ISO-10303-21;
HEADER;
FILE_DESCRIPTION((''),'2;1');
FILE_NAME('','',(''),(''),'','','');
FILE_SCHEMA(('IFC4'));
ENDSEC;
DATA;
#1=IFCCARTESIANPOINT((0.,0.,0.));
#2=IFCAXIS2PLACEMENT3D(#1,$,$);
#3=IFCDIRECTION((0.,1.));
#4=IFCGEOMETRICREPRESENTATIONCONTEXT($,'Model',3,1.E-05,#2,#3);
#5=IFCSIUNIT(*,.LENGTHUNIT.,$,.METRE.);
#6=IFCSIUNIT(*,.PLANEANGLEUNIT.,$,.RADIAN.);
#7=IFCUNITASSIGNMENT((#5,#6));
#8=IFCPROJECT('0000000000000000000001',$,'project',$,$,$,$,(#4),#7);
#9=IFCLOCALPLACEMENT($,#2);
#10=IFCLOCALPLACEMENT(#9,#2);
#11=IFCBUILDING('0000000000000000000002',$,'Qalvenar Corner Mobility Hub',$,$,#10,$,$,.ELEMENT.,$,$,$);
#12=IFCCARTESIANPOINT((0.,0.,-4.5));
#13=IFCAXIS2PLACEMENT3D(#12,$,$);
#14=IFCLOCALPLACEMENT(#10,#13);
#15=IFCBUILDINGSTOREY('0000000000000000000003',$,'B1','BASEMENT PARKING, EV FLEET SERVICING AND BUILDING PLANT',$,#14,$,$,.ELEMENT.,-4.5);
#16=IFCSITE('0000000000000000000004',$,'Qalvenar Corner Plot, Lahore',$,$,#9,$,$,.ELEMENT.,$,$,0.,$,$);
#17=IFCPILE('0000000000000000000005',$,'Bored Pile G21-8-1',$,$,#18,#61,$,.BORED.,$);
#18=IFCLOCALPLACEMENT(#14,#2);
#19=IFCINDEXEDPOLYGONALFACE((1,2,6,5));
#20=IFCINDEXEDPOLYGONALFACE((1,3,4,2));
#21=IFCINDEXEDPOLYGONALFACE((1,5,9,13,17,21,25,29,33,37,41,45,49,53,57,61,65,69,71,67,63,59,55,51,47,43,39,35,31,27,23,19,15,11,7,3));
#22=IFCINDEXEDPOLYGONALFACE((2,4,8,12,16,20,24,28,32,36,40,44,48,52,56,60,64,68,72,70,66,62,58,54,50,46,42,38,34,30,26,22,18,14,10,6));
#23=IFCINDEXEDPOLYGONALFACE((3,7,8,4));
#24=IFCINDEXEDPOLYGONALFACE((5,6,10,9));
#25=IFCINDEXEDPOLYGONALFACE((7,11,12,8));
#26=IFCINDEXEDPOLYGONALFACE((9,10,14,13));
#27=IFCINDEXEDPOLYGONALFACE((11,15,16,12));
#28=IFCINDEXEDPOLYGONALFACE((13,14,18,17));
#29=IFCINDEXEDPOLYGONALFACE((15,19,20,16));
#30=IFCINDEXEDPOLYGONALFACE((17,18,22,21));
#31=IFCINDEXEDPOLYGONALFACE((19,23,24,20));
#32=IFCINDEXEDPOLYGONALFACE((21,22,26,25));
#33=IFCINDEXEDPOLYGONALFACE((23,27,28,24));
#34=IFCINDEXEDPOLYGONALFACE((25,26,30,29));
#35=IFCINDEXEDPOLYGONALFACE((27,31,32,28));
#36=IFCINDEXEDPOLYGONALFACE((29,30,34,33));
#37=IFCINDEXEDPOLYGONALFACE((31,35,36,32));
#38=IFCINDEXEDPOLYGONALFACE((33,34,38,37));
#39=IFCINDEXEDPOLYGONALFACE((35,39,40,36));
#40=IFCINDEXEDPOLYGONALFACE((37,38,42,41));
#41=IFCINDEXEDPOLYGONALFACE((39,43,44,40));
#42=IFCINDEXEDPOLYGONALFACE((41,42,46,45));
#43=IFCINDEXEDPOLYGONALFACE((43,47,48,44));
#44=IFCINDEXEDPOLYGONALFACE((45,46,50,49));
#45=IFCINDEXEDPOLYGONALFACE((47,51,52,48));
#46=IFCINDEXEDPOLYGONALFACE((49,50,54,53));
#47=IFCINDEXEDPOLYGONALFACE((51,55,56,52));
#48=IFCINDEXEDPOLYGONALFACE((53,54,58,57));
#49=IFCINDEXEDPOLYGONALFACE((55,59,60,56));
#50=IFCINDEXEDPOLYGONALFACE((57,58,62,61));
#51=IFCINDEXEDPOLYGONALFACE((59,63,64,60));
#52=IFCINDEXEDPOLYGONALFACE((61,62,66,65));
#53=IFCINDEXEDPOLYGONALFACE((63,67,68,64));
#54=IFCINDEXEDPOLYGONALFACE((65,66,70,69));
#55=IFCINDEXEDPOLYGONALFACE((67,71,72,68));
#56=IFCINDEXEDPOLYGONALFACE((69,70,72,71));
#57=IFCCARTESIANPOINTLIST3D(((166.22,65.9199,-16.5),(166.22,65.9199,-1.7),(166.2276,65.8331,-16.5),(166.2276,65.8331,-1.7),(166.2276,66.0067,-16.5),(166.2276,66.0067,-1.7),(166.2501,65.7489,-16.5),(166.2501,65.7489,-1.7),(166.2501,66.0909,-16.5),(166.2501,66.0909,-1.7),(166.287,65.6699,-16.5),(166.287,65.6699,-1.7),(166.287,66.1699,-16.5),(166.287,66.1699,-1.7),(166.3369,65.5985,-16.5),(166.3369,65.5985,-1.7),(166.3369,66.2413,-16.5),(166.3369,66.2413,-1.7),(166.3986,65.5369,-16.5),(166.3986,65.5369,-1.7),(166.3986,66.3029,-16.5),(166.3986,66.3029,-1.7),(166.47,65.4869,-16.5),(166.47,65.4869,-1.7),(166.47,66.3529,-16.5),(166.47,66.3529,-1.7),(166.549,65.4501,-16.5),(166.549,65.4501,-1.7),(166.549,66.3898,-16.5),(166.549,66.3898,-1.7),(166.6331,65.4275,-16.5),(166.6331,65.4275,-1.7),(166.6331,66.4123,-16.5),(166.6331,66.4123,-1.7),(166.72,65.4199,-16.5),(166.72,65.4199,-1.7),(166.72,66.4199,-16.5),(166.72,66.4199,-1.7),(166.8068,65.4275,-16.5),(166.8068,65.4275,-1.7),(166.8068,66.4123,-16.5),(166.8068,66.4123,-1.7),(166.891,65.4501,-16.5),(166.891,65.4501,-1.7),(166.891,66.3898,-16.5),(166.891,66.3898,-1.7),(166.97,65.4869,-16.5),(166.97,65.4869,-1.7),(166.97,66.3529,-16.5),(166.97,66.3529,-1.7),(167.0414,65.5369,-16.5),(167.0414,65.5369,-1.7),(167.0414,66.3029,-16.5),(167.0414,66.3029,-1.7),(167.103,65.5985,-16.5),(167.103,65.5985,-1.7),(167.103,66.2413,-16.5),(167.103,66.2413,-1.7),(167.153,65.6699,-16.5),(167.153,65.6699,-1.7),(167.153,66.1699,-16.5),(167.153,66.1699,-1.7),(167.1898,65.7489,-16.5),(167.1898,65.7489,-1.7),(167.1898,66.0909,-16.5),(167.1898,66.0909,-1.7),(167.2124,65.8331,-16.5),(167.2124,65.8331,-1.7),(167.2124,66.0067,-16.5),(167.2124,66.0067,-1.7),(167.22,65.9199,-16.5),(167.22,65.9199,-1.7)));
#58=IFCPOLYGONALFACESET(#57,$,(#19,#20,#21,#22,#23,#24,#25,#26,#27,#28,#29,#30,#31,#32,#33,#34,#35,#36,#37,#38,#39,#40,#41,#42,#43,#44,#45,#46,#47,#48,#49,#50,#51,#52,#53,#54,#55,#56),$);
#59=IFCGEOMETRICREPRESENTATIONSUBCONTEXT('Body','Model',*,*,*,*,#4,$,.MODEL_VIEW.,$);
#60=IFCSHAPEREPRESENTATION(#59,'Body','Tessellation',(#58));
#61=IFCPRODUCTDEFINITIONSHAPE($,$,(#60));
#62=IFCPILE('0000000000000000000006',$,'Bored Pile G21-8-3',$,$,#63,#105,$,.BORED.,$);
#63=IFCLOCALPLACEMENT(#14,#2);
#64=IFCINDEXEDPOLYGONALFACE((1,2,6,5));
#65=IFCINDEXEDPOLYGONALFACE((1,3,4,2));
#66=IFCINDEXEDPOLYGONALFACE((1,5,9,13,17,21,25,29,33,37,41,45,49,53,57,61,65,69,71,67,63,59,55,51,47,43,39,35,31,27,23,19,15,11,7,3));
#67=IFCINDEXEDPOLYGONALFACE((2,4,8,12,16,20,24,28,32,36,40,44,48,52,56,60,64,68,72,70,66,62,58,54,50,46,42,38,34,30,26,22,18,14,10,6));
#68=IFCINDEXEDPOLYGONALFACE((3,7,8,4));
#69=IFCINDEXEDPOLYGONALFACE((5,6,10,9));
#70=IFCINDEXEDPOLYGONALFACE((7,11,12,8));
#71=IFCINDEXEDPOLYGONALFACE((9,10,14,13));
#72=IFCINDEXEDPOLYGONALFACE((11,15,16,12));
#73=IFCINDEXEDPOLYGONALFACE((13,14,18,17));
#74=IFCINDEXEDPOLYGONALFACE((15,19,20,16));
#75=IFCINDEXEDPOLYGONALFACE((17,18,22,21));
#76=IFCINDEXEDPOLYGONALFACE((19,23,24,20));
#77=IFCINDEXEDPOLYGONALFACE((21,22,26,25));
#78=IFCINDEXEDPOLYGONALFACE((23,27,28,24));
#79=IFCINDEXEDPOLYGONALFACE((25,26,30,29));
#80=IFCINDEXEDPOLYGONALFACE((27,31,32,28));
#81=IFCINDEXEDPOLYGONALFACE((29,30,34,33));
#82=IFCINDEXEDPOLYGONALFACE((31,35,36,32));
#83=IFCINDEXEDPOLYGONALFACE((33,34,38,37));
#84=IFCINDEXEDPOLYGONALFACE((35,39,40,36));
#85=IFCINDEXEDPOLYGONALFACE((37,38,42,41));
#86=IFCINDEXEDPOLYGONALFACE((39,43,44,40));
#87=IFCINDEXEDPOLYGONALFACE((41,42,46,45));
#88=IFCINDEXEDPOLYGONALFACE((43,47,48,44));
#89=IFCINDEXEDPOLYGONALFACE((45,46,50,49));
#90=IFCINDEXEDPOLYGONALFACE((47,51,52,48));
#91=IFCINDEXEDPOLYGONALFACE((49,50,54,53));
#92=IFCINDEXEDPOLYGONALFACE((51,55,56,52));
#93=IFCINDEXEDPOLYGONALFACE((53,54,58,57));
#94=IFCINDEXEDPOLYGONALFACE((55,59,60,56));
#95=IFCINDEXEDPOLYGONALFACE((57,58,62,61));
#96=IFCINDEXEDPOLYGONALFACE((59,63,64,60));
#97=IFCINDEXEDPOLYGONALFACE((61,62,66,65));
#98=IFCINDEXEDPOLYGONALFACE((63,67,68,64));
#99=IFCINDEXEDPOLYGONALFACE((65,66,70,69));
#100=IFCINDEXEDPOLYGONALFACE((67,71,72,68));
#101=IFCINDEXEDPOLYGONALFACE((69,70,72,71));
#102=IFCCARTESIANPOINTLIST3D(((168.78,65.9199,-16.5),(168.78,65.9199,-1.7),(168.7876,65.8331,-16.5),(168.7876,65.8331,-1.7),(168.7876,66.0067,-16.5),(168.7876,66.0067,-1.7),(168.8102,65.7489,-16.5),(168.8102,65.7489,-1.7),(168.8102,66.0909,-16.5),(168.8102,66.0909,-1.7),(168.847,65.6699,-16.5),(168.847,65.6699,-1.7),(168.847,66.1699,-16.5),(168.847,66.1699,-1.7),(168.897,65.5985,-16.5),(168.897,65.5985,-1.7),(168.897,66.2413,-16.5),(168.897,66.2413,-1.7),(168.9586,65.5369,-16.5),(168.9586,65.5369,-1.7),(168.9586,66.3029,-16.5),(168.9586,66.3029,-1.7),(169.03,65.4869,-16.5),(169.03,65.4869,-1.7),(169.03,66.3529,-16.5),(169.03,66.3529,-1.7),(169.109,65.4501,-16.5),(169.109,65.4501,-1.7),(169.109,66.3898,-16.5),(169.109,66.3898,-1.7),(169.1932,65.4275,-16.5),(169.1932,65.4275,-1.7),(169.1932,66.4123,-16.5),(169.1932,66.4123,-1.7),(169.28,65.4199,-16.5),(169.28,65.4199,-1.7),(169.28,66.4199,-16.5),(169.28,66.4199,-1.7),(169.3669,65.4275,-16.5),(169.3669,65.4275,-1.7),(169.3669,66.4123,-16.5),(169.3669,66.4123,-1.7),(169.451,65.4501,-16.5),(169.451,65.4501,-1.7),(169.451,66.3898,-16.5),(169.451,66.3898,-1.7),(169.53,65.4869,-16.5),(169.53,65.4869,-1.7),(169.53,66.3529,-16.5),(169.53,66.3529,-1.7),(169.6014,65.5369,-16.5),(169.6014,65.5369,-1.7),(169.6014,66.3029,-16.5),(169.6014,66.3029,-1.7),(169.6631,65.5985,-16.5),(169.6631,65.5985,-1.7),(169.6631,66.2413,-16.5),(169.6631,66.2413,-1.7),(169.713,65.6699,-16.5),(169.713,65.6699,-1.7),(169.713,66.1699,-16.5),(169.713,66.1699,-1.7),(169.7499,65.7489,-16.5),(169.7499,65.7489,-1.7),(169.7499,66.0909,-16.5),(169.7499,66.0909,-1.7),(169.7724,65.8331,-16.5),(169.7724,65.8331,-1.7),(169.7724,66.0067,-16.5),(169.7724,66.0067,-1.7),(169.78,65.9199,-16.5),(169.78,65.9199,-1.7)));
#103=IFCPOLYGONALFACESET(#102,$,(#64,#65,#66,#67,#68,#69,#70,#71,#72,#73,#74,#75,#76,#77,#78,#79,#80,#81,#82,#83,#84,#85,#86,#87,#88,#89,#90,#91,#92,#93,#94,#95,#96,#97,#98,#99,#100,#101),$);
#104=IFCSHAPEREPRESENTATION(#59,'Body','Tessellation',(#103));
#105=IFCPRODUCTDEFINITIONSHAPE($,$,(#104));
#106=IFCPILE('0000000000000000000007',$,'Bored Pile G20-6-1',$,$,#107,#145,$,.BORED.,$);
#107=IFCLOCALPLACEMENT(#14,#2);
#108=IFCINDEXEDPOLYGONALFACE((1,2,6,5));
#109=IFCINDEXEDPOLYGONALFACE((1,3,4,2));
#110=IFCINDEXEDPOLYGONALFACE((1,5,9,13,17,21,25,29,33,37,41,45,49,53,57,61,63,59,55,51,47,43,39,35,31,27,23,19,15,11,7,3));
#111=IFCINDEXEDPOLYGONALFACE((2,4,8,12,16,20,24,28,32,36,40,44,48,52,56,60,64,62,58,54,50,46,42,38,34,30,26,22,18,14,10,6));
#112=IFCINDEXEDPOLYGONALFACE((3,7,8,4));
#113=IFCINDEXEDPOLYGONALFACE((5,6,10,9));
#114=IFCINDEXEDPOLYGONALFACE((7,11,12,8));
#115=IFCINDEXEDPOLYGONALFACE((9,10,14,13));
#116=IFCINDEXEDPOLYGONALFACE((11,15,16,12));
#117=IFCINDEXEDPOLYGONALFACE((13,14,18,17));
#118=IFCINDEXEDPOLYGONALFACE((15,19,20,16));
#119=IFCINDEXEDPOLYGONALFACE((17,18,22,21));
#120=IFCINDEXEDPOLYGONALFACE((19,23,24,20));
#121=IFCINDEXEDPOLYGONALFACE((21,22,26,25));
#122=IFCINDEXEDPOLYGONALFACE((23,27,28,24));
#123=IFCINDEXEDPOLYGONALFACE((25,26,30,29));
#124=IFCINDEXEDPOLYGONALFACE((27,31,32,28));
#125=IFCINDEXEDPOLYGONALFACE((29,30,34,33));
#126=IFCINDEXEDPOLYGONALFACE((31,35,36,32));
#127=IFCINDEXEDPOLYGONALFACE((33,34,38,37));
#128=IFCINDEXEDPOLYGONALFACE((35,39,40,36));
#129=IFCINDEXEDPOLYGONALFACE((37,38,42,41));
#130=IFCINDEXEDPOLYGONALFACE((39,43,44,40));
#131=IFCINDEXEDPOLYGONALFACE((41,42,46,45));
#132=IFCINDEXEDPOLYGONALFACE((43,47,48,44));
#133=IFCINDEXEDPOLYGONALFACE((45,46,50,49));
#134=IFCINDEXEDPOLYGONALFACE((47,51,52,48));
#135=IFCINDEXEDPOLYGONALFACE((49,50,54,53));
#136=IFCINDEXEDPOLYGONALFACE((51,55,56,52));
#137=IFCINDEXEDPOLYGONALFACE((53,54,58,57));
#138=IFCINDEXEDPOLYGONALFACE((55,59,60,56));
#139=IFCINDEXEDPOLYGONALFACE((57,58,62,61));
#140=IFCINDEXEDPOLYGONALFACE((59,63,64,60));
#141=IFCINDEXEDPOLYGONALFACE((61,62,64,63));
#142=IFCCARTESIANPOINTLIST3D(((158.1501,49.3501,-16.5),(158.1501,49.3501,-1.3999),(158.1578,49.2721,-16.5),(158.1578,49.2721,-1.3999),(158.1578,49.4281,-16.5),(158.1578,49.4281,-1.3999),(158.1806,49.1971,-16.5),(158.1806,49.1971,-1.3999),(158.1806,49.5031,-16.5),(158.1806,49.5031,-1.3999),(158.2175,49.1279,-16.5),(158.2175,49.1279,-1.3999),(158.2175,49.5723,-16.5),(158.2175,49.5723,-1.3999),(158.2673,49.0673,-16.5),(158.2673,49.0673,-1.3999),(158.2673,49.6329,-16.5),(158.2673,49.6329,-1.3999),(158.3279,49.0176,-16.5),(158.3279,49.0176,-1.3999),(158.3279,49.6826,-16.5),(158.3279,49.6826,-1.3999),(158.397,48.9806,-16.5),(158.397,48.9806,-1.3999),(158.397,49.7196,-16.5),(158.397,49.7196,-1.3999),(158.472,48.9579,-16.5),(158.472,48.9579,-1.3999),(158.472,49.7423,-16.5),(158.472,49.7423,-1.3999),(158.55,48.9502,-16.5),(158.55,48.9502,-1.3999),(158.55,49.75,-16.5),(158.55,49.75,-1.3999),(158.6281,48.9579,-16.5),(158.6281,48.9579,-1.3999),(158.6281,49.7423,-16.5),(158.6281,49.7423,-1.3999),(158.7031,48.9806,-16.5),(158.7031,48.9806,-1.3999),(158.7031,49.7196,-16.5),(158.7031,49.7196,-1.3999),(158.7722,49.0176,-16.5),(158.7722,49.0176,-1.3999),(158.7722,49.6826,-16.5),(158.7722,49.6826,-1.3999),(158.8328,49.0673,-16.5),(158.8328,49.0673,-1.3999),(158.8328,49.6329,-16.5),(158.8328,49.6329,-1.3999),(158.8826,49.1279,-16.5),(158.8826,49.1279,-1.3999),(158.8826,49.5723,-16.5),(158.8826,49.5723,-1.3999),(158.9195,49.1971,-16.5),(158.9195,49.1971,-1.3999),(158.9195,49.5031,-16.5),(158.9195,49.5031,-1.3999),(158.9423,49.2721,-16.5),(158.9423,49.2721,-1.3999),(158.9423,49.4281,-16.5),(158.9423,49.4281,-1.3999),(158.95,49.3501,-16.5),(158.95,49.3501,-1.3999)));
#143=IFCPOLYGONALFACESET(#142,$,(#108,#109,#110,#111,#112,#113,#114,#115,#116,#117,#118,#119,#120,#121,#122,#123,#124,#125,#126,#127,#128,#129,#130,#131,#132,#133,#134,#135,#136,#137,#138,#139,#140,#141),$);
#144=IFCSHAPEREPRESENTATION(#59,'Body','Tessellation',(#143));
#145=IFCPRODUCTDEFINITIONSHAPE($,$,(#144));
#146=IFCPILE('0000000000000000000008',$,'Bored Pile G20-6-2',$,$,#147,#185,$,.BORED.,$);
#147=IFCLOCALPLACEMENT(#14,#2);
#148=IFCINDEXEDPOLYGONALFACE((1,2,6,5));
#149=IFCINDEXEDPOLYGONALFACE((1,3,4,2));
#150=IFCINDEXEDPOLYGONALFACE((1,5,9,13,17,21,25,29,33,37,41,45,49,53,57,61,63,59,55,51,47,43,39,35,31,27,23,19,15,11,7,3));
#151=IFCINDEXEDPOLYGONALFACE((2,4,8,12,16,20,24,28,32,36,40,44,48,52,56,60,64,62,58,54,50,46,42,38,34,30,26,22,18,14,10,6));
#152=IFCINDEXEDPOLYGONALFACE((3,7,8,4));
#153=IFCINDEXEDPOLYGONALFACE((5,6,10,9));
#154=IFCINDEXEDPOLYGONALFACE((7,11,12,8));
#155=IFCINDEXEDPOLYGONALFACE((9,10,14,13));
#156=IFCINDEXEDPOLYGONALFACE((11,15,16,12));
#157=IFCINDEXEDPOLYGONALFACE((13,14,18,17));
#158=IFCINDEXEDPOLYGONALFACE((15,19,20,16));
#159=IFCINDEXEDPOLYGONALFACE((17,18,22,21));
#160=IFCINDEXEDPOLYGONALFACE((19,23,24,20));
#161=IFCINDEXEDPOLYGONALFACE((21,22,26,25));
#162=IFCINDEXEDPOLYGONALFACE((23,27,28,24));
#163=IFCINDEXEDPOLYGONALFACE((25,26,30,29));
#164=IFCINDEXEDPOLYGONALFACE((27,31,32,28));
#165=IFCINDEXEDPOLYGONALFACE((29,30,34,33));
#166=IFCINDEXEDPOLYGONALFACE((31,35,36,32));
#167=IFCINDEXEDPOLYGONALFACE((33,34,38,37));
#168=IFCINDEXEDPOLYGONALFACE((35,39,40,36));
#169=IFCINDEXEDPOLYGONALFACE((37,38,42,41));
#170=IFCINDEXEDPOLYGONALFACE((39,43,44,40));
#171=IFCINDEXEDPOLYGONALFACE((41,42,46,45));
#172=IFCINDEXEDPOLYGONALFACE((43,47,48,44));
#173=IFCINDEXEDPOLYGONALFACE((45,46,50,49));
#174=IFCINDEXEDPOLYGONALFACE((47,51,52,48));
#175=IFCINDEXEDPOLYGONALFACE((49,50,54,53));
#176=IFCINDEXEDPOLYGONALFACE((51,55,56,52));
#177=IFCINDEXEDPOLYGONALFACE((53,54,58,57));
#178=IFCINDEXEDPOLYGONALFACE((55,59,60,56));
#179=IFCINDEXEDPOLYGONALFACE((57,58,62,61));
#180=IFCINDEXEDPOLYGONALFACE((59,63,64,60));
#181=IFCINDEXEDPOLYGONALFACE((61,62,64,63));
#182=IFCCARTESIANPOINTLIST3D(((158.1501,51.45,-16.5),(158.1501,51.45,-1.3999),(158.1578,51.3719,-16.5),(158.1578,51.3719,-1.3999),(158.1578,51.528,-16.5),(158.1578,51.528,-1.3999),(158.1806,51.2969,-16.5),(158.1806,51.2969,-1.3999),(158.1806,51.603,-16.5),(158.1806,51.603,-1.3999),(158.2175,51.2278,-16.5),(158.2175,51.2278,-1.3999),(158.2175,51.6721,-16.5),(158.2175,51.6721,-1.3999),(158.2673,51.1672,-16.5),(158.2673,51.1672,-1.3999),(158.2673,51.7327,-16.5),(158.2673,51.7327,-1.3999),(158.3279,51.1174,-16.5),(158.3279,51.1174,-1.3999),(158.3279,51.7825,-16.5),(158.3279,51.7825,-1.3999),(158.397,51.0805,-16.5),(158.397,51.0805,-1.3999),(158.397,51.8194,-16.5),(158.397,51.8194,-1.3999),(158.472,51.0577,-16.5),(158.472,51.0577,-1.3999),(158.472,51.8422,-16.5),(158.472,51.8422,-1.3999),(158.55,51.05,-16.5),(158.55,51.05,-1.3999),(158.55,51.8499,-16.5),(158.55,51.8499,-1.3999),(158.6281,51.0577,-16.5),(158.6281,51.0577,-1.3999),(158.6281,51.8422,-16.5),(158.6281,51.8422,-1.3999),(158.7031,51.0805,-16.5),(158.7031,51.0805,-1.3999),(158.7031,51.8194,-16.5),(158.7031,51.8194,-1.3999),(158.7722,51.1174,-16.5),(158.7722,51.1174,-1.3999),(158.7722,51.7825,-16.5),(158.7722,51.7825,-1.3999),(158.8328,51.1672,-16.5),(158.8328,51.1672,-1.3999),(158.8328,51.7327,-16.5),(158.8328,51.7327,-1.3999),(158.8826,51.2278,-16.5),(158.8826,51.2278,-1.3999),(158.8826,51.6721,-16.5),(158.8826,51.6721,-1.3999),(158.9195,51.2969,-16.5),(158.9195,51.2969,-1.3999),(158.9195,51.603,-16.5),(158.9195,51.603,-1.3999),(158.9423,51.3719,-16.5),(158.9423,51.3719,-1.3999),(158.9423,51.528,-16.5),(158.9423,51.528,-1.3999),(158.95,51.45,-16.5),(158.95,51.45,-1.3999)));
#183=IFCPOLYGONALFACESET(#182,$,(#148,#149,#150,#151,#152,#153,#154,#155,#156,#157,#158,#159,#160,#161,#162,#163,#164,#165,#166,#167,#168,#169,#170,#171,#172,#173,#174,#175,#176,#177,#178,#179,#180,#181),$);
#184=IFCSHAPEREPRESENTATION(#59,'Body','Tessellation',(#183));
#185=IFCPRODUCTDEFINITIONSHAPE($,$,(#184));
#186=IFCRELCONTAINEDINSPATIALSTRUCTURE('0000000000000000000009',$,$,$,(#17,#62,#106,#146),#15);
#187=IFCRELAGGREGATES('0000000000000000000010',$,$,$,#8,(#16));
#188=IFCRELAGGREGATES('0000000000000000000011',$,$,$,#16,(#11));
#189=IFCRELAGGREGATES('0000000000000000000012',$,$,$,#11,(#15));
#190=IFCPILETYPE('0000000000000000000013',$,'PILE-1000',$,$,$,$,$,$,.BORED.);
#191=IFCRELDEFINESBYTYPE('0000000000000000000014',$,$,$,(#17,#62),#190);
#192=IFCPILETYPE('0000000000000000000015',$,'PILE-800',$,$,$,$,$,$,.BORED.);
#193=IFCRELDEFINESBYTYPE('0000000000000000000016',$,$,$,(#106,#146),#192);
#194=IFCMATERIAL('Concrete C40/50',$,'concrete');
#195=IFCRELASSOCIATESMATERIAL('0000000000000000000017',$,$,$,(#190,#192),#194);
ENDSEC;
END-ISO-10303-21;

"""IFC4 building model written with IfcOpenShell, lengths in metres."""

from ifc_helpers import new_model, si_unit, direction, frame, origin, origin_2d, place, context, subcontext, project, spatial, circle, extrude, material, material_profile, profile_set, type_object, element, save


model = new_model("IFC4")

# Units and contexts
model_context = context("Model", 3, precision=1e-05, world=origin(), true_north=direction((0.0, 1.0)))
body_context = subcontext(model_context, "Body", "Model", "MODEL_VIEW")
ifc_project = project(units=[si_unit("LENGTHUNIT", "METRE"), si_unit("PLANEANGLEUNIT", "RADIAN")], contexts=[model_context])

# Site, building, storey
site_placement = place(None, origin())
site = spatial("IfcSite", under=ifc_project, at=site_placement, Name="Qalvenar Corner Plot, Lahore", CompositionType="ELEMENT", RefElevation=0.0)
building_placement = place(site_placement, origin())
building = spatial("IfcBuilding", under=site, at=building_placement, Name="Qalvenar Corner Mobility Hub", CompositionType="ELEMENT")
storey_placement = place(building_placement, frame((0.0, 0.0, -4.5)))
storey = spatial("IfcBuildingStorey", under=building, at=storey_placement, Name="B1", Description="BASEMENT PARKING, EV FLEET SERVICING AND BUILDING PLANT", CompositionType="ELEMENT", Elevation=-4.5)

# Shared definitions
ifc_material_1 = material(Name="Concrete C40/50", Category="concrete")

# Piles
ifc_material_profile_1 = material_profile(ifc_material_1, circle(Radius=0.5, at=origin_2d()), Name="DIA1000")
ifc_profile_set_1 = profile_set([ifc_material_profile_1], Name="Concrete C40/50")
pile_type_1 = type_object("IfcPileType", Name="PILE-1000", PredefinedType="BORED", material=ifc_profile_set_1)
for number, where, z_axis, x_axis, name in (
    (1, (166.72, 65.9199, -1.7), (0.0, 0.0, -1.0), (1.0, 0.0, 0.0), "Bored Pile G21-8-1"),
    (2, (169.28, 65.9199, -1.7), (0.0, 0.0, -1.0), (1.0, 0.0, 0.0), "Bored Pile G21-8-3"),
):
    element("IfcPile", number, at=place(storey_placement, frame(where, z_axis=z_axis, x_axis=x_axis)), inside=storey, type_object=pile_type_1, Name=name, PredefinedType="BORED", context=body_context, shape_type="SweptSolid", body=[
        extrude(circle(Radius=0.5, at=origin_2d()), origin(), (0.0, 0.0, 1.0), 14.8),
    ])
ifc_material_profile_2 = material_profile(ifc_material_1, circle(Radius=0.3999, at=origin_2d()), Name="DIA800")
ifc_profile_set_2 = profile_set([ifc_material_profile_2], Name="Concrete C40/50")
pile_type_2 = type_object("IfcPileType", Name="PILE-800", PredefinedType="BORED", material=ifc_profile_set_2)
for number, where, z_axis, x_axis, name in (
    (3, (158.55, 49.3501, -1.3999), (0.0, 0.0, -1.0), (1.0, 0.0, 0.0), "Bored Pile G20-6-1"),
    (4, (158.55, 51.45, -1.3999), (0.0, 0.0, -1.0), (1.0, 0.0, 0.0), "Bored Pile G20-6-2"),
):
    element("IfcPile", number, at=place(storey_placement, frame(where, z_axis=z_axis, x_axis=x_axis)), inside=storey, type_object=pile_type_2, Name=name, PredefinedType="BORED", context=body_context, shape_type="SweptSolid", body=[
        extrude(circle(Radius=0.3999, at=origin_2d()), origin(), (0.0, 0.0, 1.0), 15.1001),
    ])

save(model, "model.ifc")
